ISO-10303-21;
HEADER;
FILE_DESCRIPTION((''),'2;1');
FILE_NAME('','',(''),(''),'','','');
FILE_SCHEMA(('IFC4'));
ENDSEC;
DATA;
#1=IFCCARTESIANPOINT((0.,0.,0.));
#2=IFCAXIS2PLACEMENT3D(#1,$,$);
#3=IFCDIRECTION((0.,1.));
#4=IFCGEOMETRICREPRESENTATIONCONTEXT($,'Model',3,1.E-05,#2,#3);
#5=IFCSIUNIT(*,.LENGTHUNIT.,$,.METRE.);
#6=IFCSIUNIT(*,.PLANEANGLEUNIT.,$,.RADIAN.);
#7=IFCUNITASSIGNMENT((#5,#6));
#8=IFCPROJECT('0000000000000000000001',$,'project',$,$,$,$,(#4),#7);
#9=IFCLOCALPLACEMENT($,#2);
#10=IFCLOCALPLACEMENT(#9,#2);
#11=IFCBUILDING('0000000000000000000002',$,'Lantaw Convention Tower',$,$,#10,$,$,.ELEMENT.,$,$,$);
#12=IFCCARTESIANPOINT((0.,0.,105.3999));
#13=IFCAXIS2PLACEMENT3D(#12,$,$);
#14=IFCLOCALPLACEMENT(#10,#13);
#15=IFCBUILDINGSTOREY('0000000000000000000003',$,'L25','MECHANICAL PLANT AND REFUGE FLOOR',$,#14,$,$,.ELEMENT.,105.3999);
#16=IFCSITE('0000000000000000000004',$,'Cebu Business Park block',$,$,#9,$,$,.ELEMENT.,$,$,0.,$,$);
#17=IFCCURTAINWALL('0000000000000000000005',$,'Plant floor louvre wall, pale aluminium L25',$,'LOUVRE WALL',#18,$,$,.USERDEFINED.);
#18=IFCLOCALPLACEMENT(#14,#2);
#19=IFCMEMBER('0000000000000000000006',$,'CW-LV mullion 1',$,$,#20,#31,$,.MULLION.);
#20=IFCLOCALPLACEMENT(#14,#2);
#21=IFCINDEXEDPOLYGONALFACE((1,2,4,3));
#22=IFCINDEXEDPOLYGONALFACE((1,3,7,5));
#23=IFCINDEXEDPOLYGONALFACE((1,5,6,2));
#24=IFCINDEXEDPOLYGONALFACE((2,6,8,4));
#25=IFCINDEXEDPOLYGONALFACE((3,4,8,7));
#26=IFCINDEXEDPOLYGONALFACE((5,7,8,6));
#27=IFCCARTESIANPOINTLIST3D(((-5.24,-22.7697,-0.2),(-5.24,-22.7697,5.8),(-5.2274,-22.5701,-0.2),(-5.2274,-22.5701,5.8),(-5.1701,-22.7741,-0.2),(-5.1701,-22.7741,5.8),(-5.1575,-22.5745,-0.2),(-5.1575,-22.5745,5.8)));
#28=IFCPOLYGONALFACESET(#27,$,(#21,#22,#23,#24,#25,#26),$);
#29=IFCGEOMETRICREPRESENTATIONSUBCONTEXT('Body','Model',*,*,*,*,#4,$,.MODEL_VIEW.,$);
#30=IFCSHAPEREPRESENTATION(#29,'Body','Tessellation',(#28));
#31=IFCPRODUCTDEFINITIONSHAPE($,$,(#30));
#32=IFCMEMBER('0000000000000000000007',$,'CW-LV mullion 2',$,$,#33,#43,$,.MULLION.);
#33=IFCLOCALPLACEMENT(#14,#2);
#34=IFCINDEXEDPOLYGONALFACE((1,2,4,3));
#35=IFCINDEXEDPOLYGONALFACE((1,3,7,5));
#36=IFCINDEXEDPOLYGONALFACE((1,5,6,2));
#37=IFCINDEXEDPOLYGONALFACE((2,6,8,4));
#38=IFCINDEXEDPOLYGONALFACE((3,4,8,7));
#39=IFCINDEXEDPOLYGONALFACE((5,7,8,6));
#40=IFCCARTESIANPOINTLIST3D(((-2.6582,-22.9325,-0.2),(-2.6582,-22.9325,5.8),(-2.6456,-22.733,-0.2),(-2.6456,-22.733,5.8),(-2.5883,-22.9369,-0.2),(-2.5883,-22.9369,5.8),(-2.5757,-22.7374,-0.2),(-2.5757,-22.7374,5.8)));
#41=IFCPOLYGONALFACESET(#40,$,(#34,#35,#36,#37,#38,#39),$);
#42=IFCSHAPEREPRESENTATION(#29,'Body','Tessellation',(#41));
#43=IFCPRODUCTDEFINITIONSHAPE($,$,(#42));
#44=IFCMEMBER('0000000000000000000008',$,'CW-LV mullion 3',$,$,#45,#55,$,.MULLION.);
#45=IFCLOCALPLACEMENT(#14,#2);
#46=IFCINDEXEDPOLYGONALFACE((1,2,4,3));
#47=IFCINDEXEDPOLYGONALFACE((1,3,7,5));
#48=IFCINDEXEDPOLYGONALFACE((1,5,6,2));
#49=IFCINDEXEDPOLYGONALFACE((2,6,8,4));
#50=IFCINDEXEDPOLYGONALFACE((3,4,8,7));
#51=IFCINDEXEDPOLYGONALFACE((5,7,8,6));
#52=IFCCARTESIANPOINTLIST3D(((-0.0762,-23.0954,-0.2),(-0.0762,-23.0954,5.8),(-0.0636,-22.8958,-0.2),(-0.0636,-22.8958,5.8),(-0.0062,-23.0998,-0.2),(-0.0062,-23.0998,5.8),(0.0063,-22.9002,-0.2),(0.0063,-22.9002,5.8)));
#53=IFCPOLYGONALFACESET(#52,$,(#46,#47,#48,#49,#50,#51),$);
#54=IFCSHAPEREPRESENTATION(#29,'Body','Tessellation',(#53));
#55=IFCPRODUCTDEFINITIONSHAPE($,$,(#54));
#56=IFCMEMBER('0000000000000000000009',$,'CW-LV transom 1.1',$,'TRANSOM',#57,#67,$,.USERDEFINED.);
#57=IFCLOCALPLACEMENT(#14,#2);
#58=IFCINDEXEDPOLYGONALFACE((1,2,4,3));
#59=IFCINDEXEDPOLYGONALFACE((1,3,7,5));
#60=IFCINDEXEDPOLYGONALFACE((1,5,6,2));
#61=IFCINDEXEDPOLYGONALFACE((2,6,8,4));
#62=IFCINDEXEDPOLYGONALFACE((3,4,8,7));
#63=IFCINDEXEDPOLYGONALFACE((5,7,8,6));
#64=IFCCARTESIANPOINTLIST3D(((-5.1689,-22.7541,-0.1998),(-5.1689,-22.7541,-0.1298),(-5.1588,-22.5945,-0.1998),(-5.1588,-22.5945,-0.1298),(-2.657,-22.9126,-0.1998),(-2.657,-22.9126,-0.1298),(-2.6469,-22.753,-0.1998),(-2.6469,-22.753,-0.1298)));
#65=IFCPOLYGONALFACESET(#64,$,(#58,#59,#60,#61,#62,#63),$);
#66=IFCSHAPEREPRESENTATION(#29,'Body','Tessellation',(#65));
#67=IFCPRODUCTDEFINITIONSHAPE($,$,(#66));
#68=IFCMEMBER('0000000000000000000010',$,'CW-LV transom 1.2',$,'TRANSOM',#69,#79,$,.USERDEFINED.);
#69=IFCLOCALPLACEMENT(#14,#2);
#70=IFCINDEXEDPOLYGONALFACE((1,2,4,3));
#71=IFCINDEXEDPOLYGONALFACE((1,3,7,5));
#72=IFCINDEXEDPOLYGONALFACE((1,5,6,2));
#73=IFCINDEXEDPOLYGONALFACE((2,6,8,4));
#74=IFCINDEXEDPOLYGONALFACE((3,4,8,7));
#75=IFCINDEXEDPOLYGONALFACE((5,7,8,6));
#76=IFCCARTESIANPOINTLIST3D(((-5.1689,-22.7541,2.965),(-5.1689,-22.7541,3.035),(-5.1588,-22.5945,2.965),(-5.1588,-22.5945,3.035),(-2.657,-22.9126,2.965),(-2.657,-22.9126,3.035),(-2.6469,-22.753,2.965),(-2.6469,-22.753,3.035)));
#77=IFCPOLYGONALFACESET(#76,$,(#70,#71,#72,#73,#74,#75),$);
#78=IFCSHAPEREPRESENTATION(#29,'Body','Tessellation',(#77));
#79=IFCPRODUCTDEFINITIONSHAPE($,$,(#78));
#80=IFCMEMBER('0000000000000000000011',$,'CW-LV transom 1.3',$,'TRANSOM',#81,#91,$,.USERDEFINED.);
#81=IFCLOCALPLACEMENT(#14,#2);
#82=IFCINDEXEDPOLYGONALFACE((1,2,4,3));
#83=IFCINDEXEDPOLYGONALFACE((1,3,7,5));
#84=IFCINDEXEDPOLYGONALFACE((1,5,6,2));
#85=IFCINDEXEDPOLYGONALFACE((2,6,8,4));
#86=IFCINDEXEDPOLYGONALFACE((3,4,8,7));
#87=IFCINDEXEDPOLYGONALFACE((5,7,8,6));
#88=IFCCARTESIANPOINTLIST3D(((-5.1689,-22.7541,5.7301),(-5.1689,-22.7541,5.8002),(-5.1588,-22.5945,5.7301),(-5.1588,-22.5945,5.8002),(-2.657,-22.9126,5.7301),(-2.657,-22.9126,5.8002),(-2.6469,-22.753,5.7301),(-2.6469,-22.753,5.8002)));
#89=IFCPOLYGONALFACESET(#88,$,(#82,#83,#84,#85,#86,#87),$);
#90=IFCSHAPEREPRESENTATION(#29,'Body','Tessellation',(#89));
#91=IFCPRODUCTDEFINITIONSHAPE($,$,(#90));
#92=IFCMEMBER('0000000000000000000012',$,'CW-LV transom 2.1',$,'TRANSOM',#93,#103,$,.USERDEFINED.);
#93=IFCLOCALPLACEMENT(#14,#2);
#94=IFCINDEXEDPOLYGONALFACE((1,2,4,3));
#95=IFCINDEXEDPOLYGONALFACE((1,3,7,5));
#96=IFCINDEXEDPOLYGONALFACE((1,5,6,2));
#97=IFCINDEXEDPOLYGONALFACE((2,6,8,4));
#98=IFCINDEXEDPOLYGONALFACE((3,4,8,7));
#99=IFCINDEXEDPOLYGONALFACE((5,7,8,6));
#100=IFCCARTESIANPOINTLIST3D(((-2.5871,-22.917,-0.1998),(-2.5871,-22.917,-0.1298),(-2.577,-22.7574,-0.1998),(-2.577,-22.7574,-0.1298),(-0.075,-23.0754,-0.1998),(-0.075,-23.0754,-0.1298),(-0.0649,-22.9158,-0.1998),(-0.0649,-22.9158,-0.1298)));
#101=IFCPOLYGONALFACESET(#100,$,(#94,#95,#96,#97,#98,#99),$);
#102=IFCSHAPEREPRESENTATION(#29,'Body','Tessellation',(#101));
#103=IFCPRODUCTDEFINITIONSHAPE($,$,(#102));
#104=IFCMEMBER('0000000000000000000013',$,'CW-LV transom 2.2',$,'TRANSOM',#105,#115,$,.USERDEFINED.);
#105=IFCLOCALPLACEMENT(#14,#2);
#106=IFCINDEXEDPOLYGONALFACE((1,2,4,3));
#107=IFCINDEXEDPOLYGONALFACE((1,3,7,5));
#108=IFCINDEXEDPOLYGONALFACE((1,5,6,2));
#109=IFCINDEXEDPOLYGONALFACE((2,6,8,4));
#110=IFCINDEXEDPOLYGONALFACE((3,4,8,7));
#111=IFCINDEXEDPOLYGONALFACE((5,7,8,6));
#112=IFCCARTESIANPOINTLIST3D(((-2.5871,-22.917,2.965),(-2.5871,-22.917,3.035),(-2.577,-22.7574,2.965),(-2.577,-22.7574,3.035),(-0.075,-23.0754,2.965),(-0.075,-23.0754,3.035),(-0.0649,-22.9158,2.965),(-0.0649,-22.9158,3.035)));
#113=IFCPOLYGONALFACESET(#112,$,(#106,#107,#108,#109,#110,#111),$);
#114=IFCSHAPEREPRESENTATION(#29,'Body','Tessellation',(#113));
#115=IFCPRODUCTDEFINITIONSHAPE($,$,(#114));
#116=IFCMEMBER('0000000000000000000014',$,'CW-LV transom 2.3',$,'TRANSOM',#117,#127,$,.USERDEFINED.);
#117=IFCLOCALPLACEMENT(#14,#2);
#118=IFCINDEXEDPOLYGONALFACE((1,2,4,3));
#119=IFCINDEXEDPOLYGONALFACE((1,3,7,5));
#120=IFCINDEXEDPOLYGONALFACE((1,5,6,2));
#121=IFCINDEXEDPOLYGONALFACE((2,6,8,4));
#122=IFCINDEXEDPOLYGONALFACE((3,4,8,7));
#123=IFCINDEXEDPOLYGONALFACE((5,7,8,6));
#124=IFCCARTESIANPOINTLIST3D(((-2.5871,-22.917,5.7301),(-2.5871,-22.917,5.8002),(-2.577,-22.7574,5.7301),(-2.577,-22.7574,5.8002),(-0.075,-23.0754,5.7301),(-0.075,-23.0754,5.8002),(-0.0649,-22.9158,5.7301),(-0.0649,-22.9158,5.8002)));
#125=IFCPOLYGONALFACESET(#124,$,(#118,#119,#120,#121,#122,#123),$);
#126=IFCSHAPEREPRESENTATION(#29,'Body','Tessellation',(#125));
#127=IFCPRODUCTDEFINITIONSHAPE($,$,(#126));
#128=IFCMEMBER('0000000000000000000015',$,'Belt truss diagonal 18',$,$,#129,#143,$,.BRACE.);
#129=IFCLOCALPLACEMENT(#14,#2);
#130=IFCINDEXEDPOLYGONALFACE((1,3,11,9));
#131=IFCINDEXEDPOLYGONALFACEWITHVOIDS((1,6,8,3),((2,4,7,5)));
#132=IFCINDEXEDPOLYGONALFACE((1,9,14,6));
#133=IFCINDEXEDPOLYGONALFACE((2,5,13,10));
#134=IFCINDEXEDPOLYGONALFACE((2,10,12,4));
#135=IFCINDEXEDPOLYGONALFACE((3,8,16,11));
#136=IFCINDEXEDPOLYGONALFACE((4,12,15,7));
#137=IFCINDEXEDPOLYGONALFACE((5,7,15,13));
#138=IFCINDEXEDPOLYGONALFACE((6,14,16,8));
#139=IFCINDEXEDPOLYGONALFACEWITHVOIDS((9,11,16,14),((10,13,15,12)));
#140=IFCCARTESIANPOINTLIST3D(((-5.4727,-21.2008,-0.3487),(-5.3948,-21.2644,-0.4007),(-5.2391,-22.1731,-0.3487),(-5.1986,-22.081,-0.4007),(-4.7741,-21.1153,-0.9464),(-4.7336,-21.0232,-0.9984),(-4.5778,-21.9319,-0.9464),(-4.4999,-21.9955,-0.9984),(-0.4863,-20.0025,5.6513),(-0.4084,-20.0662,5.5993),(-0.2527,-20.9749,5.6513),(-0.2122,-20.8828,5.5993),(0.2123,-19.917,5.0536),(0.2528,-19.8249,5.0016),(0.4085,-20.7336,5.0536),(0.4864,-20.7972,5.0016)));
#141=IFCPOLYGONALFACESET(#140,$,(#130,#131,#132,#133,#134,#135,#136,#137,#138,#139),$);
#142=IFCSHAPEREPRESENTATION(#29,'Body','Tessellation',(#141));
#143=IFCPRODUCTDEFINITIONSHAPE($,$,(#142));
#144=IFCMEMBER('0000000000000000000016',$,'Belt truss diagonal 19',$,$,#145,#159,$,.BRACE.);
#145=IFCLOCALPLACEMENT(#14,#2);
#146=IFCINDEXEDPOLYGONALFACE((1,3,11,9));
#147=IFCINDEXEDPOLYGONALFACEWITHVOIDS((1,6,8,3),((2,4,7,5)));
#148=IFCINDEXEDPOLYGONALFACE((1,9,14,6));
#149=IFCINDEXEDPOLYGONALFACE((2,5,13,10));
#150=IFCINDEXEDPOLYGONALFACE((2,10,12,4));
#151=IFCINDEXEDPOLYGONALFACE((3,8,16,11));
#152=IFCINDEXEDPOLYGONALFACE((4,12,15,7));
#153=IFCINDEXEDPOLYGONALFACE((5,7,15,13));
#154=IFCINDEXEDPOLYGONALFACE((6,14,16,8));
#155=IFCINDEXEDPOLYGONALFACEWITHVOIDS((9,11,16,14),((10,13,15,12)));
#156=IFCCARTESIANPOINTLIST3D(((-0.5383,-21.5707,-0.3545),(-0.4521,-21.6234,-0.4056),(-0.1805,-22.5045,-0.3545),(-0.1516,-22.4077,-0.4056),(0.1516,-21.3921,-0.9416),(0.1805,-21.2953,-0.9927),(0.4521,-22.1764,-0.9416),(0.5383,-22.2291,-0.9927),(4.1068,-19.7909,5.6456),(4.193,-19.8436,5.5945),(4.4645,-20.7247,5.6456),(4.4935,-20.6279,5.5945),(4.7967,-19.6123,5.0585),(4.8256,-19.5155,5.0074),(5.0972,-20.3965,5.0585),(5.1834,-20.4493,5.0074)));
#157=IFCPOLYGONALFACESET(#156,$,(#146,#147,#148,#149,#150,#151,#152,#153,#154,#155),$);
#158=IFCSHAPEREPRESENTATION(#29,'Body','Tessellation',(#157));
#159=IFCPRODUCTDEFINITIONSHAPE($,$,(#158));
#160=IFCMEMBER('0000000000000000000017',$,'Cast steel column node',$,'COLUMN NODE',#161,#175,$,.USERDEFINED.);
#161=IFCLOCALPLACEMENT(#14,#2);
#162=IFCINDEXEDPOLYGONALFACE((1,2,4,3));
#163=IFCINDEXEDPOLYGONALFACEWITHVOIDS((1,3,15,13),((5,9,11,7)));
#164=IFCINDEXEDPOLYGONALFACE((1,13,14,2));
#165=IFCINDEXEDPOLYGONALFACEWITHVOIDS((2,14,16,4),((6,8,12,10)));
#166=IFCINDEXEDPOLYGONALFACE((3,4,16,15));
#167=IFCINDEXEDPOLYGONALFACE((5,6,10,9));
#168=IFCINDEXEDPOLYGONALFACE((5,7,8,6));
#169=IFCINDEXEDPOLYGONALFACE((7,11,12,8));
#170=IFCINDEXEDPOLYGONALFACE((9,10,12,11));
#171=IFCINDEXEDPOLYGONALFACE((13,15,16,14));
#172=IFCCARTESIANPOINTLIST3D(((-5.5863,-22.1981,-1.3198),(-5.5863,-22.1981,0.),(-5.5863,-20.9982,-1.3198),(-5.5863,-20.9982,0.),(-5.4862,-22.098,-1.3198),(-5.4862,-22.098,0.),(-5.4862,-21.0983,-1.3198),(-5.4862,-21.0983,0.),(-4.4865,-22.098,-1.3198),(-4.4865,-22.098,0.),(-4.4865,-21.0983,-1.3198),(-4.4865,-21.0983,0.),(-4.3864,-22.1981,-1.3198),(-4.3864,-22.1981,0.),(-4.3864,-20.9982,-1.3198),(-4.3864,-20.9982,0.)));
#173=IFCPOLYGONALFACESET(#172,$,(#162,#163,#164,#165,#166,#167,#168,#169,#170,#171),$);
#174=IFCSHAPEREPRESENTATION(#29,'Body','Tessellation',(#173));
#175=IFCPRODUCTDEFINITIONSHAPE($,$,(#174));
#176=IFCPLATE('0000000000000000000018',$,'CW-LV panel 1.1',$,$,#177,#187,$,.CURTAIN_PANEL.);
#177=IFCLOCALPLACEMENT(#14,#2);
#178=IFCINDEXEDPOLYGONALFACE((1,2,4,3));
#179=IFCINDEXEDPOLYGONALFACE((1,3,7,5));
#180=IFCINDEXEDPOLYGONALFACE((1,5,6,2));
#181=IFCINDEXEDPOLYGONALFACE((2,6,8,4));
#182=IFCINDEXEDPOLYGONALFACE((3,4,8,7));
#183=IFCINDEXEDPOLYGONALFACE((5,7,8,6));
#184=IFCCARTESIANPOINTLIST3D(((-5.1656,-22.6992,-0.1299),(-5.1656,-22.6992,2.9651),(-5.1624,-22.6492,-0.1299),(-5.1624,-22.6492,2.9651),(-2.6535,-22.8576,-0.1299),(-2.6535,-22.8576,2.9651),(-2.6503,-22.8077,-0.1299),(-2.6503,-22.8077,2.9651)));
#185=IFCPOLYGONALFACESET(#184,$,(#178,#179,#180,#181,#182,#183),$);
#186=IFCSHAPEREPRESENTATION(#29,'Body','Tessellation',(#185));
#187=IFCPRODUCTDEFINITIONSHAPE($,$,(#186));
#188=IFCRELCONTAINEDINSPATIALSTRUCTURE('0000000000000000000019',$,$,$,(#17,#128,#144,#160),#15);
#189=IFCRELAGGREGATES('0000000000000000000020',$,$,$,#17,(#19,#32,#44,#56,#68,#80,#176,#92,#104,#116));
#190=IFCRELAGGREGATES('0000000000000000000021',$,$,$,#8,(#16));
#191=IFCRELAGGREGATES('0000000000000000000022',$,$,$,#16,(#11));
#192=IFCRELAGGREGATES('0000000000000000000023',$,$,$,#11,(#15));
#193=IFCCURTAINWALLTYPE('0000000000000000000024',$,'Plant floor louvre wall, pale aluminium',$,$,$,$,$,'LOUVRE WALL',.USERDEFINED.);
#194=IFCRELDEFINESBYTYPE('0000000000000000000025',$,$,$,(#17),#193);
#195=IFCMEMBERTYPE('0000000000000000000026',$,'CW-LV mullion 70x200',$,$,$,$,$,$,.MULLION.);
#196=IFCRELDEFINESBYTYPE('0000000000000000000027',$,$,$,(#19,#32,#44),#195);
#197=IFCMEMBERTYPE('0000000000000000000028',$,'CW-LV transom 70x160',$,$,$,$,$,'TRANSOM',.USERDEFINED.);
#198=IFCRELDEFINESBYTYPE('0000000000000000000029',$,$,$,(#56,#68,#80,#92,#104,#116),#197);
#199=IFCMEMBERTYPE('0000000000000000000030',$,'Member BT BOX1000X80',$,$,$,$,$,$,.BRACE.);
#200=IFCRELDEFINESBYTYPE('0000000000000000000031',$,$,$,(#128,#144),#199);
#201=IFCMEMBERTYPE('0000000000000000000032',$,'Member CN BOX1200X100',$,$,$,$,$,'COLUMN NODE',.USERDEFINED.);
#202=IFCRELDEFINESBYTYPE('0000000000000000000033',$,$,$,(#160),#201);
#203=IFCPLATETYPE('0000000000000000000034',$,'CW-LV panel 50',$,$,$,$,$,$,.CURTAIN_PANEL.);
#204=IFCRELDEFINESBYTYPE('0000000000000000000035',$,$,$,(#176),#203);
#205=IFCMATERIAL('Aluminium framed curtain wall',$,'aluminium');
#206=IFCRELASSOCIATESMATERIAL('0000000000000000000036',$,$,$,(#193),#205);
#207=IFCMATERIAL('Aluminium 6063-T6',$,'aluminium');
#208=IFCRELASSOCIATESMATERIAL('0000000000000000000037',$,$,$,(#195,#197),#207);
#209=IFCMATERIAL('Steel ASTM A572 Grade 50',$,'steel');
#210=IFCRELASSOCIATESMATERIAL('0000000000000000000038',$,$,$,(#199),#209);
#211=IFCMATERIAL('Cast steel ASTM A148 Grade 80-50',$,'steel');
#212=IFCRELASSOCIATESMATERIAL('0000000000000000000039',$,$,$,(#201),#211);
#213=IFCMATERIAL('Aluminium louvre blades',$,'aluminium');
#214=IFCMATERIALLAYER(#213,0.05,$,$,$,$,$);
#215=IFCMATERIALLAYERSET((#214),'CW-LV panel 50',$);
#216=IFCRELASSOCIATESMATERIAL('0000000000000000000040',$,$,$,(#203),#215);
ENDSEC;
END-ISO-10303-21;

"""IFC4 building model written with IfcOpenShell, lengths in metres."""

from ifc_helpers import new_model, si_unit, direction, frame, origin, origin_2d, place, context, subcontext, project, spatial, rectangle, hollow_rectangle, extrude, material, layer, layer_set, material_profile, profile_set, type_object, element, aggregate, save


model = new_model("IFC4")

# Units and contexts
model_context = context("Model", 3, precision=1e-05, world=origin(), true_north=direction((0.0, 1.0)))
body_context = subcontext(model_context, "Body", "Model", "MODEL_VIEW")
ifc_project = project(units=[si_unit("LENGTHUNIT", "METRE"), si_unit("PLANEANGLEUNIT", "RADIAN")], contexts=[model_context])

# Site, building, storey
site_placement = place(None, origin())
site = spatial("IfcSite", under=ifc_project, at=site_placement, Name="Cebu Business Park block", CompositionType="ELEMENT", RefElevation=0.0)
building_placement = place(site_placement, origin())
building = spatial("IfcBuilding", under=site, at=building_placement, Name="Lantaw Convention Tower", CompositionType="ELEMENT")
storey_placement = place(building_placement, frame((0.0, 0.0, 105.3999)))
storey = spatial("IfcBuildingStorey", under=building, at=storey_placement, Name="L25", Description="MECHANICAL PLANT AND REFUGE FLOOR", CompositionType="ELEMENT", Elevation=105.3999)

# Curtain wall, members
ifc_material_1 = material(Name="Aluminium framed curtain wall", Category="aluminium")
curtain_wall_type = type_object("IfcCurtainWallType", Name="Plant floor louvre wall, pale aluminium", ElementType="LOUVRE WALL", PredefinedType="USERDEFINED", material=ifc_material_1)
curtain_wall_placement = place(storey_placement, origin())
curtain_wall = element("IfcCurtainWall", 1, at=curtain_wall_placement, inside=storey, type_object=curtain_wall_type, Name="Plant floor louvre wall, pale aluminium L25", ObjectType="LOUVRE WALL", PredefinedType="USERDEFINED")
ifc_material_2 = material(Name="Aluminium 6063-T6", Category="aluminium")
ifc_material_profile_1 = material_profile(ifc_material_2, rectangle(XDim=0.2, YDim=0.0701, at=origin_2d()), Name="CW-LV mullion 70x200")
ifc_profile_set_1 = profile_set([ifc_material_profile_1], Name="Aluminium 6063-T6")
member_type_1 = type_object("IfcMemberType", Name="CW-LV mullion 70x200", PredefinedType="MULLION", material=ifc_profile_set_1)
member_1_placement = place(storey_placement, frame((-5.1987, -22.6721, -0.2), z_axis=(0.0, 0.0, 1.0), x_axis=(0.062958, 0.998016, 0.0)))
member_1 = element("IfcMember", 2, at=member_1_placement, type_object=member_type_1, Name="CW-LV mullion 1", PredefinedType="MULLION", context=body_context, shape_type="SweptSolid", body=[
    extrude(rectangle(XDim=0.2, YDim=0.0701, at=origin_2d()), origin(), (0.0, 0.0, 1.0), 6.0),
])
member_2_placement = place(storey_placement, frame((-2.6169, -22.835, -0.2), z_axis=(0.0, 0.0, 1.0), x_axis=(0.062958, 0.998016, 0.0)))
member_2 = element("IfcMember", 3, at=member_2_placement, type_object=member_type_1, Name="CW-LV mullion 2", PredefinedType="MULLION", context=body_context, shape_type="SweptSolid", body=[
    extrude(rectangle(XDim=0.2, YDim=0.0701, at=origin_2d()), origin(), (0.0, 0.0, 1.0), 6.0),
])
member_3_placement = place(storey_placement, frame((-0.0349, -22.9978, -0.2), z_axis=(0.0, 0.0, 1.0), x_axis=(0.062958, 0.998016, 0.0)))
member_3 = element("IfcMember", 4, at=member_3_placement, type_object=member_type_1, Name="CW-LV mullion 3", PredefinedType="MULLION", context=body_context, shape_type="SweptSolid", body=[
    extrude(rectangle(XDim=0.2, YDim=0.0701, at=origin_2d()), origin(), (0.0, 0.0, 1.0), 6.0),
])
ifc_material_profile_2 = material_profile(ifc_material_2, rectangle(XDim=0.1599, YDim=0.0701, at=origin_2d()), Name="CW-LV transom 70x160")
ifc_profile_set_2 = profile_set([ifc_material_profile_2], Name="Aluminium 6063-T6")
member_type_2 = type_object("IfcMemberType", Name="CW-LV transom 70x160", ElementType="TRANSOM", PredefinedType="USERDEFINED", material=ifc_profile_set_2)
member_4_placement = place(storey_placement, frame((-5.1638, -22.6743, -0.1648), z_axis=(0.998017, -0.062952, 0.0), x_axis=(0.062952, 0.998017, 0.0)))
member_4 = element("IfcMember", 5, at=member_4_placement, type_object=member_type_2, Name="CW-LV transom 1.1", ObjectType="TRANSOM", PredefinedType="USERDEFINED", context=body_context, shape_type="SweptSolid", body=[
    extrude(rectangle(XDim=0.1599, YDim=0.0701, at=origin_2d()), origin(), (0.0, 0.0, 1.0), 2.5168),
])
member_5_placement = place(storey_placement, frame((-5.1638, -22.6743, 3.0), z_axis=(0.998017, -0.062952, 0.0), x_axis=(0.062952, 0.998017, 0.0)))
member_5 = element("IfcMember", 6, at=member_5_placement, type_object=member_type_2, Name="CW-LV transom 1.2", ObjectType="TRANSOM", PredefinedType="USERDEFINED", context=body_context, shape_type="SweptSolid", body=[
    extrude(rectangle(XDim=0.1599, YDim=0.0701, at=origin_2d()), origin(), (0.0, 0.0, 1.0), 2.5168),
])
member_6_placement = place(storey_placement, frame((-5.1638, -22.6743, 5.7651), z_axis=(0.998017, -0.062952, 0.0), x_axis=(0.062952, 0.998017, 0.0)))
member_6 = element("IfcMember", 7, at=member_6_placement, type_object=member_type_2, Name="CW-LV transom 1.3", ObjectType="TRANSOM", PredefinedType="USERDEFINED", context=body_context, shape_type="SweptSolid", body=[
    extrude(rectangle(XDim=0.1599, YDim=0.0701, at=origin_2d()), origin(), (0.0, 0.0, 1.0), 2.5168),
])
member_7_placement = place(storey_placement, frame((-2.582, -22.8372, -0.1648), z_axis=(0.998017, -0.062946, 0.0), x_axis=(0.062946, 0.998017, 0.0)))
member_7 = element("IfcMember", 8, at=member_7_placement, type_object=member_type_2, Name="CW-LV transom 2.1", ObjectType="TRANSOM", PredefinedType="USERDEFINED", context=body_context, shape_type="SweptSolid", body=[
    extrude(rectangle(XDim=0.1599, YDim=0.0701, at=origin_2d()), origin(), (0.0, 0.0, 1.0), 2.5171),
])
member_8_placement = place(storey_placement, frame((-2.582, -22.8372, 3.0), z_axis=(0.998017, -0.062946, 0.0), x_axis=(0.062946, 0.998017, 0.0)))
member_8 = element("IfcMember", 9, at=member_8_placement, type_object=member_type_2, Name="CW-LV transom 2.2", ObjectType="TRANSOM", PredefinedType="USERDEFINED", context=body_context, shape_type="SweptSolid", body=[
    extrude(rectangle(XDim=0.1599, YDim=0.0701, at=origin_2d()), origin(), (0.0, 0.0, 1.0), 2.5171),
])
member_9_placement = place(storey_placement, frame((-2.582, -22.8372, 5.7651), z_axis=(0.998017, -0.062946, 0.0), x_axis=(0.062946, 0.998017, 0.0)))
member_9 = element("IfcMember", 10, at=member_9_placement, type_object=member_type_2, Name="CW-LV transom 2.3", ObjectType="TRANSOM", PredefinedType="USERDEFINED", context=body_context, shape_type="SweptSolid", body=[
    extrude(rectangle(XDim=0.1599, YDim=0.0701, at=origin_2d()), origin(), (0.0, 0.0, 1.0), 2.5171),
])

# Members
ifc_material_3 = material(Name="Steel ASTM A572 Grade 50", Category="steel")
ifc_material_profile_3 = material_profile(ifc_material_3, hollow_rectangle(XDim=1.0, YDim=1.0, WallThickness=0.0801, at=origin_2d()), Name="BOX1000X80")
ifc_profile_set_3 = profile_set([ifc_material_profile_3], Name="Steel ASTM A572 Grade 50")
member_type_3 = type_object("IfcMemberType", Name="Member BT BOX1000X80", PredefinedType="BRACE", material=ifc_profile_set_3)
member_10_placement = place(storey_placement, frame((-4.9863, -21.5981, -0.6736), z_axis=(0.631742, 0.151811, 0.760168), x_axis=(-0.233654, 0.97232, 0.0)))
element("IfcMember", 11, at=member_10_placement, inside=storey, type_object=member_type_3, Name="Belt truss diagonal 18", PredefinedType="BRACE", context=body_context, shape_type="SweptSolid", body=[
    extrude(hollow_rectangle(XDim=1.0, YDim=1.0, WallThickness=0.0801, at=origin_2d()), origin(), (0.0, 0.0, 1.0), 7.8931),
])
member_11_placement = place(storey_placement, frame((0.0, -21.8999, -0.6736), z_axis=(0.595986, 0.228358, 0.769839), x_axis=(-0.357795, 0.9338, 0.0)))
element("IfcMember", 12, at=member_11_placement, inside=storey, type_object=member_type_3, Name="Belt truss diagonal 19", PredefinedType="BRACE", context=body_context, shape_type="SweptSolid", body=[
    extrude(hollow_rectangle(XDim=1.0, YDim=1.0, WallThickness=0.0801, at=origin_2d()), origin(), (0.0, 0.0, 1.0), 7.7939),
])
ifc_material_4 = material(Name="Cast steel ASTM A148 Grade 80-50", Category="steel")
ifc_material_profile_4 = material_profile(ifc_material_4, hollow_rectangle(XDim=1.2, YDim=1.2, WallThickness=0.1001, at=origin_2d()), Name="BOX1200X100")
ifc_profile_set_4 = profile_set([ifc_material_profile_4], Name="Cast steel ASTM A148 Grade 80-50")
member_type_4 = type_object("IfcMemberType", Name="Member CN BOX1200X100", ElementType="COLUMN NODE", PredefinedType="USERDEFINED", material=ifc_profile_set_4)
member_12_placement = place(storey_placement, frame((-4.9863, -21.5981, -1.3198), z_axis=(0.0, 0.0, 1.0), x_axis=(1.0, 0.0, 0.0)))
element("IfcMember", 13, at=member_12_placement, inside=storey, type_object=member_type_4, Name="Cast steel column node", ObjectType="COLUMN NODE", PredefinedType="USERDEFINED", context=body_context, shape_type="SweptSolid", body=[
    extrude(hollow_rectangle(XDim=1.2, YDim=1.2, WallThickness=0.1001, at=origin_2d()), origin(), (0.0, 0.0, 1.0), 1.3198),
])

# Plate
ifc_material_5 = material(Name="Aluminium louvre blades", Category="aluminium")
ifc_layer = layer(ifc_material_5, 0.05)
ifc_layer_set = layer_set([ifc_layer], Name="CW-LV panel 50")
plate_type = type_object("IfcPlateType", Name="CW-LV panel 50", PredefinedType="CURTAIN_PANEL", material=ifc_layer_set)
plate_1_placement = place(storey_placement, frame((-3.908, -22.7534, -0.1299), z_axis=(0.0, 0.0, 1.0), x_axis=(0.998016, -0.062958, 0.0)))
plate_1 = element("IfcPlate", 14, at=plate_1_placement, type_object=plate_type, Name="CW-LV panel 1.1", PredefinedType="CURTAIN_PANEL", context=body_context, shape_type="SweptSolid", body=[
    extrude(rectangle(XDim=2.5171, YDim=0.05, at=origin_2d()), origin(), (0.0, 0.0, 1.0), 3.095),
])
aggregate(curtain_wall, [member_1, member_2, member_3, member_4, member_5, member_6, plate_1, member_7, member_8, member_9])

save(model, "model.ifc")
